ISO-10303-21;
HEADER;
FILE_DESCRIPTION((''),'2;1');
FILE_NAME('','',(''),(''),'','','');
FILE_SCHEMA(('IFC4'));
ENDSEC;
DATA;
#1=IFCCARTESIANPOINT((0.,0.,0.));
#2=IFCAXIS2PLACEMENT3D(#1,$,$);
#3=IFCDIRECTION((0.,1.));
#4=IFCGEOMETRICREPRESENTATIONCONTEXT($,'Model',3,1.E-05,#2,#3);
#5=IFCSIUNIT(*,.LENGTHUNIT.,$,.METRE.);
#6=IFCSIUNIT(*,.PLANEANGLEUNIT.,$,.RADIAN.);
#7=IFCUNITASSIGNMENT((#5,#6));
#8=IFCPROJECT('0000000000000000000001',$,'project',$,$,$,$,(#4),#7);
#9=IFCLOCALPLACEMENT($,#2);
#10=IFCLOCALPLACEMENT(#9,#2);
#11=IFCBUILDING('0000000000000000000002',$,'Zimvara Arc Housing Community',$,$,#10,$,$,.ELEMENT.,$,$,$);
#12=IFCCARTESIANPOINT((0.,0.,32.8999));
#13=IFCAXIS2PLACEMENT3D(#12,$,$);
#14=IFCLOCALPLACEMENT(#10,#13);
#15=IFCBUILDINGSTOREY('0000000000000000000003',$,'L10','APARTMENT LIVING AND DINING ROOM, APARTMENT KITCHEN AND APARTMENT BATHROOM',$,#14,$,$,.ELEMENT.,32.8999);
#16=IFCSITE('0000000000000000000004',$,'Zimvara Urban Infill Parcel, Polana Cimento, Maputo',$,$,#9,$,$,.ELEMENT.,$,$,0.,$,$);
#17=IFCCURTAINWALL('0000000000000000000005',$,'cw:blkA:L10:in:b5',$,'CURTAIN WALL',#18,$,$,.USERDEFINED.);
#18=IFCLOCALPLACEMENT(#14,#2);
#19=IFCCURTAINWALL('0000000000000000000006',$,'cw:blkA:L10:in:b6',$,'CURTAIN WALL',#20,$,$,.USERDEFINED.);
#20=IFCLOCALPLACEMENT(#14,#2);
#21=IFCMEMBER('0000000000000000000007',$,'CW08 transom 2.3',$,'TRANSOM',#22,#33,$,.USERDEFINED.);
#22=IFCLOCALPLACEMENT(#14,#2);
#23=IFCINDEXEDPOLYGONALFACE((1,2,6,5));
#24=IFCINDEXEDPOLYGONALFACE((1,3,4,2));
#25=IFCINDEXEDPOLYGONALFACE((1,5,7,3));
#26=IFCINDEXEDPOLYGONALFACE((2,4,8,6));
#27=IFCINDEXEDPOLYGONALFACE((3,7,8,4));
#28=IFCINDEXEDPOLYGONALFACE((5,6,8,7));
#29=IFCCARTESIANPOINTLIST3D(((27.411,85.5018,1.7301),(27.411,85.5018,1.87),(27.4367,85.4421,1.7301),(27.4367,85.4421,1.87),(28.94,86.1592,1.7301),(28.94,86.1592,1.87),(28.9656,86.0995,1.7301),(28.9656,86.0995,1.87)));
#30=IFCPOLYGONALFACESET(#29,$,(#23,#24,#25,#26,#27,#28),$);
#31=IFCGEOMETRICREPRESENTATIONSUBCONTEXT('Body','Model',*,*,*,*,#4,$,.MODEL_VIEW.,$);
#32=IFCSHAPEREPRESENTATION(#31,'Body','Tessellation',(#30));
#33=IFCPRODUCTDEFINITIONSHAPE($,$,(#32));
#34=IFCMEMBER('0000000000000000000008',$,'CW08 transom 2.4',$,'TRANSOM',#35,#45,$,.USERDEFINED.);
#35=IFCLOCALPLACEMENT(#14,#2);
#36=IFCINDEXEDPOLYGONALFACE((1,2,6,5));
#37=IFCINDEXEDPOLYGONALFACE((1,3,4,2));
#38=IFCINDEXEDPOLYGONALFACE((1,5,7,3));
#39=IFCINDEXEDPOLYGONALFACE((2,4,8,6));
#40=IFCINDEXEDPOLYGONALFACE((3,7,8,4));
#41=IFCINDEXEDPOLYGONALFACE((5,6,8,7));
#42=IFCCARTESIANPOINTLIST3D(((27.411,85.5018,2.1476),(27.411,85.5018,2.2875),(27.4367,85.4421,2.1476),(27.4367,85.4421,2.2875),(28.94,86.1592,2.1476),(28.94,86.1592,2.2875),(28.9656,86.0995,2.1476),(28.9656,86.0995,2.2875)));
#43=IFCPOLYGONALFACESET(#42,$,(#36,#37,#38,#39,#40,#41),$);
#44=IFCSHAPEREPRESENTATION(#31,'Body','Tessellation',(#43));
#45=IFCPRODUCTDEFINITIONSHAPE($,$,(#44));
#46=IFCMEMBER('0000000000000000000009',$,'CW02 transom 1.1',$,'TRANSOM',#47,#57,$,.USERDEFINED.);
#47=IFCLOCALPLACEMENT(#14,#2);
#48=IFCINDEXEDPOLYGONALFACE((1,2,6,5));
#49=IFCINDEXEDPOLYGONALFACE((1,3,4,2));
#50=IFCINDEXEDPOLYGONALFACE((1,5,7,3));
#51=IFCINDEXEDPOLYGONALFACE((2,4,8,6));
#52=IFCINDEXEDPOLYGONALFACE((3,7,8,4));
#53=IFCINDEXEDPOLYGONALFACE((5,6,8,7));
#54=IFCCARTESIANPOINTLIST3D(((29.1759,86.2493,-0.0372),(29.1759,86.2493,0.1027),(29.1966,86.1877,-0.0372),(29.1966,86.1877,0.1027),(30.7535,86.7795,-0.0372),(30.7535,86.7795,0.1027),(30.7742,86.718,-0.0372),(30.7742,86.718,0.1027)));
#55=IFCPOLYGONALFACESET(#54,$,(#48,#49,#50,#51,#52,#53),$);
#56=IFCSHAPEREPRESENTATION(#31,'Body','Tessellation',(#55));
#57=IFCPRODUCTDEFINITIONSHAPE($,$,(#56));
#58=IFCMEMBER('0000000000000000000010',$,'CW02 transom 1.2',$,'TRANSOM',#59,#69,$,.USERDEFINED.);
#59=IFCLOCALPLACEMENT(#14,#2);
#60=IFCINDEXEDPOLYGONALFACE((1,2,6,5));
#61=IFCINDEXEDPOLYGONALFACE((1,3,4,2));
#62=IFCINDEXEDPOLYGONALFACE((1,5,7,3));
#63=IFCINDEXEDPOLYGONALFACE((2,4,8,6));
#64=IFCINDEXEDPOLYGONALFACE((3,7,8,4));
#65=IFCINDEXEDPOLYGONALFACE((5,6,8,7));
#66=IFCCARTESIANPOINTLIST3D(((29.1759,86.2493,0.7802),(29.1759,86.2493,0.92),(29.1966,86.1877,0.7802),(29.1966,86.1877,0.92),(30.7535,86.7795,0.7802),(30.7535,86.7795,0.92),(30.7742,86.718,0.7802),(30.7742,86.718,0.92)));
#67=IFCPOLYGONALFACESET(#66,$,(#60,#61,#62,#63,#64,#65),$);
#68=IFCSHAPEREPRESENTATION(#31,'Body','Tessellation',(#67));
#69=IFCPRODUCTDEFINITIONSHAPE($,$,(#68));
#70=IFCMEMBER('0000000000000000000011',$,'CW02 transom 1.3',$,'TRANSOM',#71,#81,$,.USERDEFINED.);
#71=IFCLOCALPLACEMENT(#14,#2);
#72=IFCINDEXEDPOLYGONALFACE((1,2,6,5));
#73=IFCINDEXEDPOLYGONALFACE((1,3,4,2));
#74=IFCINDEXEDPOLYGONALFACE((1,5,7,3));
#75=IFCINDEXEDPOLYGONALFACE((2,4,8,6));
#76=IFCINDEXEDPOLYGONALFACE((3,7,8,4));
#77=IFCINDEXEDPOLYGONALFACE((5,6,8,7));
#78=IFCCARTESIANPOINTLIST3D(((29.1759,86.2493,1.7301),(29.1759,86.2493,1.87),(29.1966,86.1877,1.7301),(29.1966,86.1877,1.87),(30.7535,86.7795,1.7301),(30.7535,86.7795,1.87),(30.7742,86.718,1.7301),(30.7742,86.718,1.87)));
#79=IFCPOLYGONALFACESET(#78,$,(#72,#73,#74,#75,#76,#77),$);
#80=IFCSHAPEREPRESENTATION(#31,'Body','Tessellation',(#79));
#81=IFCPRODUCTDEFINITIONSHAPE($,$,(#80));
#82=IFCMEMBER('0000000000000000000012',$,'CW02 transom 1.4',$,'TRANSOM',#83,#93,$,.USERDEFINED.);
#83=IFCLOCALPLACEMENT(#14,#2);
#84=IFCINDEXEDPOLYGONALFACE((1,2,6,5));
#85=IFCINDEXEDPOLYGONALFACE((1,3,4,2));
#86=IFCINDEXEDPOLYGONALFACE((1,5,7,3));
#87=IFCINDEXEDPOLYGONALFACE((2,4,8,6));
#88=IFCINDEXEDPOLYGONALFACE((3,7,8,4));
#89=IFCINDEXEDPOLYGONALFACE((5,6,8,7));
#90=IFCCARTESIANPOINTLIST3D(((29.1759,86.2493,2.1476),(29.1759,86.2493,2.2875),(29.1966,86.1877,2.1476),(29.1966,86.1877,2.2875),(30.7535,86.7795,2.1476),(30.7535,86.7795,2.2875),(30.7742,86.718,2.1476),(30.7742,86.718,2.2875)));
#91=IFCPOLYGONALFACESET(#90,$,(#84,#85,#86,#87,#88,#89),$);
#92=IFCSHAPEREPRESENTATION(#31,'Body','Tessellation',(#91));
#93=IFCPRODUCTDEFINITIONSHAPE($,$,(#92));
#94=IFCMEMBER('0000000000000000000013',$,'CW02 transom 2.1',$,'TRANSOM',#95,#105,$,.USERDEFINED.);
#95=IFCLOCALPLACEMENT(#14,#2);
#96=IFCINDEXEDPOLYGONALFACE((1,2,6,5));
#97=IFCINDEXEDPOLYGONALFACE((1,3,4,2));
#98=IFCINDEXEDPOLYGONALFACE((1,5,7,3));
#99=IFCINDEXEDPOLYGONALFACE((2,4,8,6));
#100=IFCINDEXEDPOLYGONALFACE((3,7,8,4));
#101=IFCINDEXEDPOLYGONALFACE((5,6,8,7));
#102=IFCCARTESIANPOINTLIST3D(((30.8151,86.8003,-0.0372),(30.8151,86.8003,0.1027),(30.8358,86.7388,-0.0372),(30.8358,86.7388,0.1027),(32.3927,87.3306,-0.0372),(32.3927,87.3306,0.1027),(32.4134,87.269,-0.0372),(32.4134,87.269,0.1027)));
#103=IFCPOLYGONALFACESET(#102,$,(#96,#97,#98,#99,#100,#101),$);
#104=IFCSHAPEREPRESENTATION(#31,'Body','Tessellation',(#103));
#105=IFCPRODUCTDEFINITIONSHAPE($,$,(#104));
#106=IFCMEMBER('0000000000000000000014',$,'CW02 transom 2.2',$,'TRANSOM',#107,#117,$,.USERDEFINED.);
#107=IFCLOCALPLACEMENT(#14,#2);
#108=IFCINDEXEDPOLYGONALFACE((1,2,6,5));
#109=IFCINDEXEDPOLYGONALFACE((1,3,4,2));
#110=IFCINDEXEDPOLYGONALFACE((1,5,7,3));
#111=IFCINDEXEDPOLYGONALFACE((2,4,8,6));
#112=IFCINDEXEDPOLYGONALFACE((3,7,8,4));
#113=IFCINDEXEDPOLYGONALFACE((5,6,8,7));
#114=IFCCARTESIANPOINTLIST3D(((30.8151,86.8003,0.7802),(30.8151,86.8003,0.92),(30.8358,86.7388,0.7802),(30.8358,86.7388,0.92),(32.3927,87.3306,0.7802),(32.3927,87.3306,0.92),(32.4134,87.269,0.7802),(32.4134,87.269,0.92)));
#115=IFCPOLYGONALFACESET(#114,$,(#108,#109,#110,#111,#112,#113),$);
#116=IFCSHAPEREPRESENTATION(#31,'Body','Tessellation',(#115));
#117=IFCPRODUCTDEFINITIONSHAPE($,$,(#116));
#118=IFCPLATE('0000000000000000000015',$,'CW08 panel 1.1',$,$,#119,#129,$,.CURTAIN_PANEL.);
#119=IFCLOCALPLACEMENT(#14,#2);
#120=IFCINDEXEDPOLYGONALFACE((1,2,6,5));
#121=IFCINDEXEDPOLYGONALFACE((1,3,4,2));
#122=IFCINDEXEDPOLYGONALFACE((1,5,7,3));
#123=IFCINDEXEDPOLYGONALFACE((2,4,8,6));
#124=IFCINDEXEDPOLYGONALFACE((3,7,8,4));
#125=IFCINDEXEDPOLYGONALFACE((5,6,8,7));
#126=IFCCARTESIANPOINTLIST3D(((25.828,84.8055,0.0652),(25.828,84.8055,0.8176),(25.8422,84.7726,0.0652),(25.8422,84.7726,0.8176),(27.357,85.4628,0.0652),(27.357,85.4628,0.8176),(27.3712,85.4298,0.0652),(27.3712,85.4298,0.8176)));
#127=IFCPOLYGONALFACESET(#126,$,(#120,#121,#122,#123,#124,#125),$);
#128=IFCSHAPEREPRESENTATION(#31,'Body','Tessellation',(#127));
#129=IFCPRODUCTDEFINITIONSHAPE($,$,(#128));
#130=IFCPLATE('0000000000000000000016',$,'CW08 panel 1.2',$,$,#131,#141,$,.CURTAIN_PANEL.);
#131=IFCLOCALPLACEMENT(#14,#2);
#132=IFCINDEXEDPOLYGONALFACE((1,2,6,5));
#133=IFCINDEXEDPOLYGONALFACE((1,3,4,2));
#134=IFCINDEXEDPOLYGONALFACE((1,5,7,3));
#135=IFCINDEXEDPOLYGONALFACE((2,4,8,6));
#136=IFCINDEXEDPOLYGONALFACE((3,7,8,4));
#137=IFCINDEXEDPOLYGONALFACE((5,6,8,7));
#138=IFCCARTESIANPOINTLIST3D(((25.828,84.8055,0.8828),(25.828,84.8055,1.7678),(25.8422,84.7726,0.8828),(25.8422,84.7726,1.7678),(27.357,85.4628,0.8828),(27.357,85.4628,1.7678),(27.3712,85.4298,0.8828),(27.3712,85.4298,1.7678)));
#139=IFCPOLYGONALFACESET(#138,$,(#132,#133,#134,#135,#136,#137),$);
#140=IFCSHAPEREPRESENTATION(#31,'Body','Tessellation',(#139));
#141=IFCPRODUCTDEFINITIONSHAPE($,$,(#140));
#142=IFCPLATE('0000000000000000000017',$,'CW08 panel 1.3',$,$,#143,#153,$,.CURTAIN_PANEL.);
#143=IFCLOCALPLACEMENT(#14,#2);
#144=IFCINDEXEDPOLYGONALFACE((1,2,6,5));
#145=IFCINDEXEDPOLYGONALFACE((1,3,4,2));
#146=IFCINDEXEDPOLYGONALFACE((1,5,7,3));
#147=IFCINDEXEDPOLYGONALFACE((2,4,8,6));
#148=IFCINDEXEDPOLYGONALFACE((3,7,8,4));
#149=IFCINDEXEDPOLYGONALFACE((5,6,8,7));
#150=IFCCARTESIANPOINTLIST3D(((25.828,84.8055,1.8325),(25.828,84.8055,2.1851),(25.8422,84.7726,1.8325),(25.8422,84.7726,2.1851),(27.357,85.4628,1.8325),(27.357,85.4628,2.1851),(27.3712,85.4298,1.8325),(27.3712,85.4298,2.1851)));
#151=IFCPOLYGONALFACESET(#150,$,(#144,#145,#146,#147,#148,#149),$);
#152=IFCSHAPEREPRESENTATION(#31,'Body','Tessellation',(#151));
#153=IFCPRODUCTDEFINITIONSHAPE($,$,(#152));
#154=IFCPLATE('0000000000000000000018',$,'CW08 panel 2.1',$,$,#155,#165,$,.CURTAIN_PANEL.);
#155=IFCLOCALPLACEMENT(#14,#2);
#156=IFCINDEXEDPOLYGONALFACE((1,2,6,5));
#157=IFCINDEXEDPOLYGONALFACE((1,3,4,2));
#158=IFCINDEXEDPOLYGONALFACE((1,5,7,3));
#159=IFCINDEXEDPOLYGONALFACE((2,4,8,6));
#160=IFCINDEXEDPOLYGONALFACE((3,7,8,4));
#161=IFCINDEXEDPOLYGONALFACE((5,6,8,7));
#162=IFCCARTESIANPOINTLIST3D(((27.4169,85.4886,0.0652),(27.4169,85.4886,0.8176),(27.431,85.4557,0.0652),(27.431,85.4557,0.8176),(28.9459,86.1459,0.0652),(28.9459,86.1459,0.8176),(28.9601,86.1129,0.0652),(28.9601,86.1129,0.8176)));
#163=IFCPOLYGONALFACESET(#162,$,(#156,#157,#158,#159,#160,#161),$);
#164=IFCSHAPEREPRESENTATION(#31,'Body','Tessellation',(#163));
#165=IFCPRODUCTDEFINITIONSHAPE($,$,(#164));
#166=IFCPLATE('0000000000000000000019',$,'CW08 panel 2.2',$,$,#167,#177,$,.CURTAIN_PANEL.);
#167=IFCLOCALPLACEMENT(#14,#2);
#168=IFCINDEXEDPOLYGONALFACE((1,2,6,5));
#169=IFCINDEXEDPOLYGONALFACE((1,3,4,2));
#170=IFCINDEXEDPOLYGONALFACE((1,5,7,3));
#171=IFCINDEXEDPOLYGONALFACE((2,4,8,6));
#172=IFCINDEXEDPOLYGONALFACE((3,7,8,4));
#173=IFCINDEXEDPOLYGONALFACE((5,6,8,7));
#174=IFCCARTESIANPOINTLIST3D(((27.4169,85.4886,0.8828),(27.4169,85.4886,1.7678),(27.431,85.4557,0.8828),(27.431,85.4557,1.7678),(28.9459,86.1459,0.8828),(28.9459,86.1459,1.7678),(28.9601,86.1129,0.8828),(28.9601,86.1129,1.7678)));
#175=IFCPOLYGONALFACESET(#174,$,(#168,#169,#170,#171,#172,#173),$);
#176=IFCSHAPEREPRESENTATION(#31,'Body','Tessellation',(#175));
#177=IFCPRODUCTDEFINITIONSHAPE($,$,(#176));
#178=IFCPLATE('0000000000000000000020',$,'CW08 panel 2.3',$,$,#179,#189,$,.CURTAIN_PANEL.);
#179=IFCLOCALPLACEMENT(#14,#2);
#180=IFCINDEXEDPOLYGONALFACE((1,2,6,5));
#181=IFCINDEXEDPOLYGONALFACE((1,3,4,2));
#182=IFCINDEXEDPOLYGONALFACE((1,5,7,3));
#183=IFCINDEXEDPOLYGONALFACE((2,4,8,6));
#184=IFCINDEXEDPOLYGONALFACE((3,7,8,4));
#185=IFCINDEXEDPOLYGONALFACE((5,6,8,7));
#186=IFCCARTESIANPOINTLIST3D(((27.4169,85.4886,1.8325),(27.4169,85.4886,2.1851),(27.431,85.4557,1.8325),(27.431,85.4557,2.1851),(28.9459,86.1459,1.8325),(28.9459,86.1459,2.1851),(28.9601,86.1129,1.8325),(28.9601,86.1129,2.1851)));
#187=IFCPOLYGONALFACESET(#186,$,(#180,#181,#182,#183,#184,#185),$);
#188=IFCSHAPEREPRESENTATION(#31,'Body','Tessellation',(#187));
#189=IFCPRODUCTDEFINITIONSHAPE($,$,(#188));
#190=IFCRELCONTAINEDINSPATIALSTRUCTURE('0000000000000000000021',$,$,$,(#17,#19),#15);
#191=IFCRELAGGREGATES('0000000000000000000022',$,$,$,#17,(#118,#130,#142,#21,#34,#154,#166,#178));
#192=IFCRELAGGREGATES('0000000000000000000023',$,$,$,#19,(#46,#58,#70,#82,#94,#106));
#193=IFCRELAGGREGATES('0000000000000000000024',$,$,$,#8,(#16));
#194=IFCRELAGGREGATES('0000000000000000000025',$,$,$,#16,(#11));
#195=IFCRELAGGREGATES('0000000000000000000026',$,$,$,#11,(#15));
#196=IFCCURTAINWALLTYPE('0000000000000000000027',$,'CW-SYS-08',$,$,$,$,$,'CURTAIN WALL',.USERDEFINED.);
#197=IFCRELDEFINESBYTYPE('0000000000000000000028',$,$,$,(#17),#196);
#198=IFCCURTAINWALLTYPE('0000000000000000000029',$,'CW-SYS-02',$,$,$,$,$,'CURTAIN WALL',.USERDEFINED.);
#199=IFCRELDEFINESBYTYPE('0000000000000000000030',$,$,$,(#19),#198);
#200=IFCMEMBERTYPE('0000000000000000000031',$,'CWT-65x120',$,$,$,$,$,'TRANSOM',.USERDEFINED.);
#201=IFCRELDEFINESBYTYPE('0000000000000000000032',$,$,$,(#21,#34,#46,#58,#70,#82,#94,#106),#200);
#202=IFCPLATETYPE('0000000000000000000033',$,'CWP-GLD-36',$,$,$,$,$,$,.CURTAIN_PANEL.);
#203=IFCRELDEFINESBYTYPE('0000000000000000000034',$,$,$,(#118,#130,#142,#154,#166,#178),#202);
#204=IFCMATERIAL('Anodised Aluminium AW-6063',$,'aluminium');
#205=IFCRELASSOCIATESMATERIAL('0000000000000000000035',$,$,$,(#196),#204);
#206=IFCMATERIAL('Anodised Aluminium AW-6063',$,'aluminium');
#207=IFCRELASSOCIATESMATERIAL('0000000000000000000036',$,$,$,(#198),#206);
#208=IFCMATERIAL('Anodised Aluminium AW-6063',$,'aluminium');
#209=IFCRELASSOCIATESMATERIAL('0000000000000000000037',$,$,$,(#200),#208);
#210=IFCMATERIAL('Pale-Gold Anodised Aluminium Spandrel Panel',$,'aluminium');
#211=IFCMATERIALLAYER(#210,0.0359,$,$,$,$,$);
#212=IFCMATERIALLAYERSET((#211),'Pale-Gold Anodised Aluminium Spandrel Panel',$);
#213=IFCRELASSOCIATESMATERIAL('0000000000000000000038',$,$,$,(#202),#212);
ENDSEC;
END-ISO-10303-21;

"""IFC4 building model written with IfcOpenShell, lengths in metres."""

from ifc_helpers import new_model, si_unit, direction, frame, origin, origin_2d, place, context, subcontext, project, spatial, rectangle, extrude, material, layer, layer_set, material_profile, profile_set, type_object, element, aggregate, save


model = new_model("IFC4")

# Units and contexts
model_context = context("Model", 3, precision=1e-05, world=origin(), true_north=direction((0.0, 1.0)))
body_context = subcontext(model_context, "Body", "Model", "MODEL_VIEW")
ifc_project = project(units=[si_unit("LENGTHUNIT", "METRE"), si_unit("PLANEANGLEUNIT", "RADIAN")], contexts=[model_context])

# Site, building, storey
site_placement = place(None, origin())
site = spatial("IfcSite", under=ifc_project, at=site_placement, Name="Zimvara Urban Infill Parcel, Polana Cimento, Maputo", CompositionType="ELEMENT", RefElevation=0.0)
building_placement = place(site_placement, origin())
building = spatial("IfcBuilding", under=site, at=building_placement, Name="Zimvara Arc Housing Community", CompositionType="ELEMENT")
storey_placement = place(building_placement, frame((0.0, 0.0, 32.8999)))
storey = spatial("IfcBuildingStorey", under=building, at=storey_placement, Name="L10", Description="APARTMENT LIVING AND DINING ROOM, APARTMENT KITCHEN AND APARTMENT BATHROOM", CompositionType="ELEMENT", Elevation=32.8999)

# Curtain walls
ifc_material_1 = material(Name="Anodised Aluminium AW-6063", Category="aluminium")
curtain_wall_type_1 = type_object("IfcCurtainWallType", Name="CW-SYS-08", ElementType="CURTAIN WALL", PredefinedType="USERDEFINED", material=ifc_material_1)
curtain_wall_1_placement = place(storey_placement, origin())
curtain_wall_1 = element("IfcCurtainWall", 1, at=curtain_wall_1_placement, inside=storey, type_object=curtain_wall_type_1, Name="cw:blkA:L10:in:b5", ObjectType="CURTAIN WALL", PredefinedType="USERDEFINED")
ifc_material_2 = material(Name="Anodised Aluminium AW-6063", Category="aluminium")
curtain_wall_type_2 = type_object("IfcCurtainWallType", Name="CW-SYS-02", ElementType="CURTAIN WALL", PredefinedType="USERDEFINED", material=ifc_material_2)
curtain_wall_2_placement = place(storey_placement, origin())
curtain_wall_2 = element("IfcCurtainWall", 2, at=curtain_wall_2_placement, inside=storey, type_object=curtain_wall_type_2, Name="cw:blkA:L10:in:b6", ObjectType="CURTAIN WALL", PredefinedType="USERDEFINED")

# Members
ifc_material_3 = material(Name="Anodised Aluminium AW-6063", Category="aluminium")
ifc_material_profile_1 = material_profile(ifc_material_3, rectangle(XDim=0.0649, YDim=0.1399, at=origin_2d()), Name="ALU 65x140")
ifc_profile_set_1 = profile_set([ifc_material_profile_1], Name="Anodised Aluminium AW-6063")
member_type_1 = type_object("IfcMemberType", Name="CWT-65x120", ElementType="TRANSOM", PredefinedType="USERDEFINED", material=ifc_profile_set_1)
member_1_placement = place(storey_placement, frame((27.4238, 85.4719, 1.8), z_axis=(0.918674, 0.395017, 0.0), x_axis=(-0.395017, 0.918674, 0.0)))
member_1 = element("IfcMember", 3, at=member_1_placement, type_object=member_type_1, Name="CW08 transom 2.3", ObjectType="TRANSOM", PredefinedType="USERDEFINED", context=body_context, shape_type="SweptSolid", body=[
    extrude(rectangle(XDim=0.0649, YDim=0.1399, at=origin_2d()), origin(), (0.0, 0.0, 1.0), 1.6643),
])
member_2_placement = place(storey_placement, frame((27.4238, 85.4719, 2.2175), z_axis=(0.918674, 0.395017, 0.0), x_axis=(-0.395017, 0.918674, 0.0)))
member_2 = element("IfcMember", 4, at=member_2_placement, type_object=member_type_1, Name="CW08 transom 2.4", ObjectType="TRANSOM", PredefinedType="USERDEFINED", context=body_context, shape_type="SweptSolid", body=[
    extrude(rectangle(XDim=0.0649, YDim=0.1399, at=origin_2d()), origin(), (0.0, 0.0, 1.0), 1.6643),
])
member_3_placement = place(storey_placement, frame((29.1863, 86.2185, 0.0327), z_axis=(0.947888, 0.318603, 0.0), x_axis=(-0.318603, 0.947888, 0.0)))
member_3 = element("IfcMember", 5, at=member_3_placement, type_object=member_type_1, Name="CW02 transom 1.1", ObjectType="TRANSOM", PredefinedType="USERDEFINED", context=body_context, shape_type="SweptSolid", body=[
    extrude(rectangle(XDim=0.0649, YDim=0.1399, at=origin_2d()), origin(), (0.0, 0.0, 1.0), 1.6643),
])
member_4_placement = place(storey_placement, frame((29.1863, 86.2185, 0.8501), z_axis=(0.947888, 0.318603, 0.0), x_axis=(-0.318603, 0.947888, 0.0)))
member_4 = element("IfcMember", 6, at=member_4_placement, type_object=member_type_1, Name="CW02 transom 1.2", ObjectType="TRANSOM", PredefinedType="USERDEFINED", context=body_context, shape_type="SweptSolid", body=[
    extrude(rectangle(XDim=0.0649, YDim=0.1399, at=origin_2d()), origin(), (0.0, 0.0, 1.0), 1.6643),
])
member_5_placement = place(storey_placement, frame((29.1863, 86.2185, 1.8), z_axis=(0.947888, 0.318603, 0.0), x_axis=(-0.318603, 0.947888, 0.0)))
member_5 = element("IfcMember", 7, at=member_5_placement, type_object=member_type_1, Name="CW02 transom 1.3", ObjectType="TRANSOM", PredefinedType="USERDEFINED", context=body_context, shape_type="SweptSolid", body=[
    extrude(rectangle(XDim=0.0649, YDim=0.1399, at=origin_2d()), origin(), (0.0, 0.0, 1.0), 1.6643),
])
member_6_placement = place(storey_placement, frame((29.1863, 86.2185, 2.2175), z_axis=(0.947888, 0.318603, 0.0), x_axis=(-0.318603, 0.947888, 0.0)))
member_6 = element("IfcMember", 8, at=member_6_placement, type_object=member_type_1, Name="CW02 transom 1.4", ObjectType="TRANSOM", PredefinedType="USERDEFINED", context=body_context, shape_type="SweptSolid", body=[
    extrude(rectangle(XDim=0.0649, YDim=0.1399, at=origin_2d()), origin(), (0.0, 0.0, 1.0), 1.6643),
])
member_7_placement = place(storey_placement, frame((30.8254, 86.7695, 0.0327), z_axis=(0.947888, 0.318603, 0.0), x_axis=(-0.318603, 0.947888, 0.0)))
member_7 = element("IfcMember", 9, at=member_7_placement, type_object=member_type_1, Name="CW02 transom 2.1", ObjectType="TRANSOM", PredefinedType="USERDEFINED", context=body_context, shape_type="SweptSolid", body=[
    extrude(rectangle(XDim=0.0649, YDim=0.1399, at=origin_2d()), origin(), (0.0, 0.0, 1.0), 1.6643),
])
member_8_placement = place(storey_placement, frame((30.8254, 86.7695, 0.8501), z_axis=(0.947888, 0.318603, 0.0), x_axis=(-0.318603, 0.947888, 0.0)))
member_8 = element("IfcMember", 10, at=member_8_placement, type_object=member_type_1, Name="CW02 transom 2.2", ObjectType="TRANSOM", PredefinedType="USERDEFINED", context=body_context, shape_type="SweptSolid", body=[
    extrude(rectangle(XDim=0.0649, YDim=0.1399, at=origin_2d()), origin(), (0.0, 0.0, 1.0), 1.6643),
])

# Plates
ifc_material_4 = material(Name="Pale-Gold Anodised Aluminium Spandrel Panel", Category="aluminium")
ifc_layer_1 = layer(ifc_material_4, 0.0359)
ifc_layer_set_1 = layer_set([ifc_layer_1], Name="Pale-Gold Anodised Aluminium Spandrel Panel")
plate_type_1 = type_object("IfcPlateType", Name="CWP-GLD-36", PredefinedType="CURTAIN_PANEL", material=ifc_layer_set_1)
plate_1_placement = place(storey_placement, frame((26.5996, 85.1177, 0.0652), z_axis=(0.0, 0.0, 1.0), x_axis=(0.918722, 0.394904, 0.0)))
plate_1 = element("IfcPlate", 11, at=plate_1_placement, type_object=plate_type_1, Name="CW08 panel 1.1", PredefinedType="CURTAIN_PANEL", context=body_context, shape_type="SweptSolid", body=[
    extrude(rectangle(XDim=1.6643, YDim=0.0359, at=origin_2d()), origin(), (0.0, 0.0, 1.0), 0.7524),
])
plate_2_placement = place(storey_placement, frame((26.5996, 85.1177, 0.8828), z_axis=(0.0, 0.0, 1.0), x_axis=(0.918722, 0.394904, 0.0)))
plate_2 = element("IfcPlate", 12, at=plate_2_placement, type_object=plate_type_1, Name="CW08 panel 1.2", PredefinedType="CURTAIN_PANEL", context=body_context, shape_type="SweptSolid", body=[
    extrude(rectangle(XDim=1.6643, YDim=0.0359, at=origin_2d()), origin(), (0.0, 0.0, 1.0), 0.885),
])
plate_3_placement = place(storey_placement, frame((26.5996, 85.1177, 1.8325), z_axis=(0.0, 0.0, 1.0), x_axis=(0.918722, 0.394904, 0.0)))
plate_3 = element("IfcPlate", 13, at=plate_3_placement, type_object=plate_type_1, Name="CW08 panel 1.3", PredefinedType="CURTAIN_PANEL", context=body_context, shape_type="SweptSolid", body=[
    extrude(rectangle(XDim=1.6643, YDim=0.0359, at=origin_2d()), origin(), (0.0, 0.0, 1.0), 0.3525),
])
plate_4_placement = place(storey_placement, frame((28.1885, 85.8008, 0.0652), z_axis=(0.0, 0.0, 1.0), x_axis=(0.918722, 0.394904, 0.0)))
plate_4 = element("IfcPlate", 14, at=plate_4_placement, type_object=plate_type_1, Name="CW08 panel 2.1", PredefinedType="CURTAIN_PANEL", context=body_context, shape_type="SweptSolid", body=[
    extrude(rectangle(XDim=1.6643, YDim=0.0359, at=origin_2d()), origin(), (0.0, 0.0, 1.0), 0.7524),
])
plate_5_placement = place(storey_placement, frame((28.1885, 85.8008, 0.8828), z_axis=(0.0, 0.0, 1.0), x_axis=(0.918722, 0.394904, 0.0)))
plate_5 = element("IfcPlate", 15, at=plate_5_placement, type_object=plate_type_1, Name="CW08 panel 2.2", PredefinedType="CURTAIN_PANEL", context=body_context, shape_type="SweptSolid", body=[
    extrude(rectangle(XDim=1.6643, YDim=0.0359, at=origin_2d()), origin(), (0.0, 0.0, 1.0), 0.885),
])
plate_6_placement = place(storey_placement, frame((28.1885, 85.8008, 1.8325), z_axis=(0.0, 0.0, 1.0), x_axis=(0.918722, 0.394904, 0.0)))
plate_6 = element("IfcPlate", 16, at=plate_6_placement, type_object=plate_type_1, Name="CW08 panel 2.3", PredefinedType="CURTAIN_PANEL", context=body_context, shape_type="SweptSolid", body=[
    extrude(rectangle(XDim=1.6643, YDim=0.0359, at=origin_2d()), origin(), (0.0, 0.0, 1.0), 0.3525),
])
aggregate(curtain_wall_1, [plate_1, plate_2, plate_3, member_1, member_2, plate_4, plate_5, plate_6])
aggregate(curtain_wall_2, [member_3, member_4, member_5, member_6, member_7, member_8])

save(model, "model.ifc")
